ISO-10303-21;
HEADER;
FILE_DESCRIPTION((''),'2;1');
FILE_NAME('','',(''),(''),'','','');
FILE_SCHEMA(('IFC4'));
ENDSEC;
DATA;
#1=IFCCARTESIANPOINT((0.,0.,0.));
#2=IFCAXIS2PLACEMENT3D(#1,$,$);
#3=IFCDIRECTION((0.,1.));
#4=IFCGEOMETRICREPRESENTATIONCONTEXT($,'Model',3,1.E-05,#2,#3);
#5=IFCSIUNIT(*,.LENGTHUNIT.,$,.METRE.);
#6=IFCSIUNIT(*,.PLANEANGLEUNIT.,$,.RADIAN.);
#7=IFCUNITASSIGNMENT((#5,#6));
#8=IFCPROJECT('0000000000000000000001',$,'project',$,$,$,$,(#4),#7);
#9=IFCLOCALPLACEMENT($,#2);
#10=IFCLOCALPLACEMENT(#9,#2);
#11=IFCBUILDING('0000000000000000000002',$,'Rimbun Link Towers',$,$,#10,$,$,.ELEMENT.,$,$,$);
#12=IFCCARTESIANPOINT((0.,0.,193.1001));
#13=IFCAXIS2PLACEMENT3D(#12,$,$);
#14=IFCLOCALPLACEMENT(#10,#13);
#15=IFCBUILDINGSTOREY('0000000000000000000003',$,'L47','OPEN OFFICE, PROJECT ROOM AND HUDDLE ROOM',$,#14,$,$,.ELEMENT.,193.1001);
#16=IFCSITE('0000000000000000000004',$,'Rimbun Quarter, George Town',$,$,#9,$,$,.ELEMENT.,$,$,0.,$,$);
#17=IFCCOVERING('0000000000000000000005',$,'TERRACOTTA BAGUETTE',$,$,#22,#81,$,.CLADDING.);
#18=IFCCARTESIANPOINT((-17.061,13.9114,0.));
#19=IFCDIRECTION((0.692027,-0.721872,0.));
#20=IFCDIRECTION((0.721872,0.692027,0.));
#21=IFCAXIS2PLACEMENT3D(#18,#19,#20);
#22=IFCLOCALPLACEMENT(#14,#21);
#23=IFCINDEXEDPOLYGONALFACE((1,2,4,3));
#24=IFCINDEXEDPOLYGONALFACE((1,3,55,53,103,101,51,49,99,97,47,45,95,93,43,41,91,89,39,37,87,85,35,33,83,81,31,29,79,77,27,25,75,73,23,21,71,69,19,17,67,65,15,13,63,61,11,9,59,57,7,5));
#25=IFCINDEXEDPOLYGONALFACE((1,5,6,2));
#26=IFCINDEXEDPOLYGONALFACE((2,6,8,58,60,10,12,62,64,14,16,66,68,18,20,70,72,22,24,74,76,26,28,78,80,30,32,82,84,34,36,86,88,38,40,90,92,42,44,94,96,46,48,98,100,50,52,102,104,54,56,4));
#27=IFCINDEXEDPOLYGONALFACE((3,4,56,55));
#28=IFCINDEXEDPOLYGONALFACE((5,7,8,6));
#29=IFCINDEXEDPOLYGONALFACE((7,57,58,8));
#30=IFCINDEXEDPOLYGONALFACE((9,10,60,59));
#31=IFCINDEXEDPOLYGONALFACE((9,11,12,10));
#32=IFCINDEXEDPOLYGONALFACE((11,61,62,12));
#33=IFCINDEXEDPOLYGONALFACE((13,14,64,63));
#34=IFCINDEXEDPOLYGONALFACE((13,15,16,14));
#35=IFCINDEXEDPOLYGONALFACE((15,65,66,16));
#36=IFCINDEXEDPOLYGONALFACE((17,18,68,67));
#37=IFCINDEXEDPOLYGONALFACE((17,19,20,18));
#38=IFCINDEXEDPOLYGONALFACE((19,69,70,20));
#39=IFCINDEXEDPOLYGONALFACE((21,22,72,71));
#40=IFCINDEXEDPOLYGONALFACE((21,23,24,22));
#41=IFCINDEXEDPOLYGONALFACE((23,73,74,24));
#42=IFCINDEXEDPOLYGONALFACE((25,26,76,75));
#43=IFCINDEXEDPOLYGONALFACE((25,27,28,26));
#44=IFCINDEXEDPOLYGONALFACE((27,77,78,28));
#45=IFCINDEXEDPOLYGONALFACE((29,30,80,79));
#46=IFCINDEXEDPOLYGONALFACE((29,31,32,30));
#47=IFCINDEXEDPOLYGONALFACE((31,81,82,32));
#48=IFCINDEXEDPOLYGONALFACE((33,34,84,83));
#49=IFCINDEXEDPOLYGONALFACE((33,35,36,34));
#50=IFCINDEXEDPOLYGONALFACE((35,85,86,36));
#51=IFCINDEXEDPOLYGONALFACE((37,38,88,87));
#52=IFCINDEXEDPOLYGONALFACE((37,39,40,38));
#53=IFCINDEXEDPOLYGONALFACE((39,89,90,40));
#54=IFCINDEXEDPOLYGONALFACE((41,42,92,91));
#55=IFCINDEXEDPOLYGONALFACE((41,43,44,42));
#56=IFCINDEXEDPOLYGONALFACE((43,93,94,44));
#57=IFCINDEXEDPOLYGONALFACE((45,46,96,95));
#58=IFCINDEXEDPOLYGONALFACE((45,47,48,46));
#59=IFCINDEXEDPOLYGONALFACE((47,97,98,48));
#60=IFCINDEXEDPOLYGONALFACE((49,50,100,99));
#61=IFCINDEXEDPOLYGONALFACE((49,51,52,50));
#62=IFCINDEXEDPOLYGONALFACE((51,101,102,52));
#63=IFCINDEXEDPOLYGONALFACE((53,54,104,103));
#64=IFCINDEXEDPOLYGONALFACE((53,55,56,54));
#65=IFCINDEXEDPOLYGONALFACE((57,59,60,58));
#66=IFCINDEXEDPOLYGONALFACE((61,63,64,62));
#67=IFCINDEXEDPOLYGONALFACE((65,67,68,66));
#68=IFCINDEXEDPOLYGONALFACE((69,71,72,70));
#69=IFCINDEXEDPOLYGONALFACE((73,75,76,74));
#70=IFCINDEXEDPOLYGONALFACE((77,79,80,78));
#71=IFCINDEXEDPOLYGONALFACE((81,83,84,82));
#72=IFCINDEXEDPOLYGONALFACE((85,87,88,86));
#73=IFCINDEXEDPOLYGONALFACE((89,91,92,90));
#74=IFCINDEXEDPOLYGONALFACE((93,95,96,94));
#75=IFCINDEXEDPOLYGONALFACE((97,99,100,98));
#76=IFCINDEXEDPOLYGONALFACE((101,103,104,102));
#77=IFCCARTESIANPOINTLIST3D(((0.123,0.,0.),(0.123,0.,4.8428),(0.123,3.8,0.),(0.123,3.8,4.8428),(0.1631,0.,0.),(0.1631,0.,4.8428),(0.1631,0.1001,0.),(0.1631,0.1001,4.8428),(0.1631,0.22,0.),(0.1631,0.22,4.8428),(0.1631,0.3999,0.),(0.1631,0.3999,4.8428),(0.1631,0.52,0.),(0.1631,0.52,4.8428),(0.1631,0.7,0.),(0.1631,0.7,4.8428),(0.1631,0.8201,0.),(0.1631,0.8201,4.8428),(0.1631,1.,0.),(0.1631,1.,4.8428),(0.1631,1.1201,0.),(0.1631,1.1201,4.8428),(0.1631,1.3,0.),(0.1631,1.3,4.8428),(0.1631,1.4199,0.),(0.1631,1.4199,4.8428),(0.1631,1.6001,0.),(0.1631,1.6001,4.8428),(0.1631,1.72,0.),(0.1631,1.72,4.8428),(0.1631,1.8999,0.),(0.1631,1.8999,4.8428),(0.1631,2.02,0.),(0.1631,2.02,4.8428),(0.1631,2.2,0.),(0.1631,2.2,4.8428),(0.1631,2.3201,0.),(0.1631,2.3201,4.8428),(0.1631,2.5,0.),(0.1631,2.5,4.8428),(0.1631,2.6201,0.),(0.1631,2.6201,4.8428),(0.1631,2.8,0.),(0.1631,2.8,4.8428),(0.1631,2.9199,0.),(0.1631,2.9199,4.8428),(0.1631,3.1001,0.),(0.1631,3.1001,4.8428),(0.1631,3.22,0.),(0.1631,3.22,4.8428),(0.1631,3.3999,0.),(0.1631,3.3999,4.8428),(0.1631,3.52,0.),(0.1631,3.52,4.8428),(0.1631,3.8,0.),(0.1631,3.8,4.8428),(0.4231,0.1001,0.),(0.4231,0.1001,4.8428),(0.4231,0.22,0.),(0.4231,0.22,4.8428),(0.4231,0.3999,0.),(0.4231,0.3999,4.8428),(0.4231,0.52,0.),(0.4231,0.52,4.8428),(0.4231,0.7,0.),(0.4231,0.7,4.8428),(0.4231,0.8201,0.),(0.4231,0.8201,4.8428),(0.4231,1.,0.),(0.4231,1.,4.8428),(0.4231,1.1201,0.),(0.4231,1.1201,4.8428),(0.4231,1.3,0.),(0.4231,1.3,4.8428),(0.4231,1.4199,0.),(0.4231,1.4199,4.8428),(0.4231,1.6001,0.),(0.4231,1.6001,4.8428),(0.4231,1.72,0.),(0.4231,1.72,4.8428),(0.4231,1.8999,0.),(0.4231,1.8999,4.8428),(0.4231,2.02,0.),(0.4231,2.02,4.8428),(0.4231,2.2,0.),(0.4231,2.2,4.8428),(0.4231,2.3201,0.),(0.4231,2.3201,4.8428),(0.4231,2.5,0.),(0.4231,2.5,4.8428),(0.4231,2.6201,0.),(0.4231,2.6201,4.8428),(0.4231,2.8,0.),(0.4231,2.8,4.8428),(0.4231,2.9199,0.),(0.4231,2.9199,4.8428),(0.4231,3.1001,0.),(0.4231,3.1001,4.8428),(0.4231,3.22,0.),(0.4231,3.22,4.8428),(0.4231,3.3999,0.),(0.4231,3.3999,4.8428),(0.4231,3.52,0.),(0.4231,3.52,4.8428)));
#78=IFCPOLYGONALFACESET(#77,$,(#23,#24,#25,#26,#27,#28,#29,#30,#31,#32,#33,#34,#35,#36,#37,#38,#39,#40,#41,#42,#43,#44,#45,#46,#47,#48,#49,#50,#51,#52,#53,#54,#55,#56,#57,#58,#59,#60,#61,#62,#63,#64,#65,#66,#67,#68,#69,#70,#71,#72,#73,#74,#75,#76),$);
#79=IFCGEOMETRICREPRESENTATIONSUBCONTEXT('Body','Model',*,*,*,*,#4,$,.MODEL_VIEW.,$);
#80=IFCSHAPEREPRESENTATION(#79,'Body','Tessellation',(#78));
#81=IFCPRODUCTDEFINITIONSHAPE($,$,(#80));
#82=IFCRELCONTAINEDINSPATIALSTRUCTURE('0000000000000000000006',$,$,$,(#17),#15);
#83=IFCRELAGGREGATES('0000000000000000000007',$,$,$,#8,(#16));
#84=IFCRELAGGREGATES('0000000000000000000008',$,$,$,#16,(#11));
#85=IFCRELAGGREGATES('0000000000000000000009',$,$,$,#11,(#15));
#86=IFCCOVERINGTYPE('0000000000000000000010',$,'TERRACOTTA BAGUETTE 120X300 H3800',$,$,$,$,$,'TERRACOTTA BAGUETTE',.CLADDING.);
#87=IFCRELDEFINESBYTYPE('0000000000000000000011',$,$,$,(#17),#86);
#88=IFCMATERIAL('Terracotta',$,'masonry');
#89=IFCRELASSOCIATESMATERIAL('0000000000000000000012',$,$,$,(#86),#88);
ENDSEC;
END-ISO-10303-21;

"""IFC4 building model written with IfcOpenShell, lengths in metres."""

from ifc_helpers import new_model, si_unit, direction, frame, origin, place, context, subcontext, project, spatial, polyline, outline, extrude, material, material_profile, profile_set, type_object, element, save


model = new_model("IFC4")

# Units and contexts
model_context = context("Model", 3, precision=1e-05, world=origin(), true_north=direction((0.0, 1.0)))
body_context = subcontext(model_context, "Body", "Model", "MODEL_VIEW")
ifc_project = project(units=[si_unit("LENGTHUNIT", "METRE"), si_unit("PLANEANGLEUNIT", "RADIAN")], contexts=[model_context])

# Site, building, storey
site_placement = place(None, origin())
site = spatial("IfcSite", under=ifc_project, at=site_placement, Name="Rimbun Quarter, George Town", CompositionType="ELEMENT", RefElevation=0.0)
building_placement = place(site_placement, origin())
building = spatial("IfcBuilding", under=site, at=building_placement, Name="Rimbun Link Towers", CompositionType="ELEMENT")
storey_placement = place(building_placement, frame((0.0, 0.0, 193.1001)))
storey = spatial("IfcBuildingStorey", under=building, at=storey_placement, Name="L47", Description="OPEN OFFICE, PROJECT ROOM AND HUDDLE ROOM", CompositionType="ELEMENT", Elevation=193.1001)

# Covering
ifc_material_1 = material(Name="Terracotta", Category="masonry")
ifc_material_profile_1 = material_profile(ifc_material_1, outline(polyline([(0.123, 0.0), (0.1631, 0.0), (0.1631, 0.1001), (0.4231, 0.1001), (0.4231, 0.22), (0.1631, 0.22), (0.1631, 0.3999), (0.4231, 0.3999), (0.4231, 0.52), (0.1631, 0.52), (0.1631, 0.7), (0.4231, 0.7), (0.4231, 0.8201), (0.1631, 0.8201), (0.1631, 1.0), (0.4231, 1.0), (0.4231, 1.1201), (0.1631, 1.1201), (0.1631, 1.3), (0.4231, 1.3), (0.4231, 1.4199), (0.1631, 1.4199), (0.1631, 1.6001), (0.4231, 1.6001), (0.4231, 1.72), (0.1631, 1.72), (0.1631, 1.8999), (0.4231, 1.8999), (0.4231, 2.02), (0.1631, 2.02), (0.1631, 2.2), (0.4231, 2.2), (0.4231, 2.3201), (0.1631, 2.3201), (0.1631, 2.5), (0.4231, 2.5), (0.4231, 2.6201), (0.1631, 2.6201), (0.1631, 2.8), (0.4231, 2.8), (0.4231, 2.9199), (0.1631, 2.9199), (0.1631, 3.1001), (0.4231, 3.1001), (0.4231, 3.22), (0.1631, 3.22), (0.1631, 3.3999), (0.4231, 3.3999), (0.4231, 3.52), (0.1631, 3.52), (0.1631, 3.8), (0.123, 3.8), (0.123, 0.0)])), Name="BAGUETTE 120X300")
ifc_profile_set_1 = profile_set([ifc_material_profile_1], Name="Terracotta")
covering_type = type_object("IfcCoveringType", Name="TERRACOTTA BAGUETTE 120X300 H3800", ElementType="TERRACOTTA BAGUETTE", PredefinedType="CLADDING", material=ifc_profile_set_1)
covering_placement = place(storey_placement, frame((-17.061, 13.9114, 0.0), z_axis=(0.692027, -0.721872, 0.0), x_axis=(0.721872, 0.692027, 0.0)))
element("IfcCovering", 1, at=covering_placement, inside=storey, type_object=covering_type, Name="TERRACOTTA BAGUETTE", PredefinedType="CLADDING", context=body_context, shape_type="SweptSolid", body=[
    extrude(outline(polyline([(0.123, 0.0), (0.1631, 0.0), (0.1631, 0.1001), (0.4231, 0.1001), (0.4231, 0.22), (0.1631, 0.22), (0.1631, 0.3999), (0.4231, 0.3999), (0.4231, 0.52), (0.1631, 0.52), (0.1631, 0.7), (0.4231, 0.7), (0.4231, 0.8201), (0.1631, 0.8201), (0.1631, 1.0), (0.4231, 1.0), (0.4231, 1.1201), (0.1631, 1.1201), (0.1631, 1.3), (0.4231, 1.3), (0.4231, 1.4199), (0.1631, 1.4199), (0.1631, 1.6001), (0.4231, 1.6001), (0.4231, 1.72), (0.1631, 1.72), (0.1631, 1.8999), (0.4231, 1.8999), (0.4231, 2.02), (0.1631, 2.02), (0.1631, 2.2), (0.4231, 2.2), (0.4231, 2.3201), (0.1631, 2.3201), (0.1631, 2.5), (0.4231, 2.5), (0.4231, 2.6201), (0.1631, 2.6201), (0.1631, 2.8), (0.4231, 2.8), (0.4231, 2.9199), (0.1631, 2.9199), (0.1631, 3.1001), (0.4231, 3.1001), (0.4231, 3.22), (0.1631, 3.22), (0.1631, 3.3999), (0.4231, 3.3999), (0.4231, 3.52), (0.1631, 3.52), (0.1631, 3.8), (0.123, 3.8), (0.123, 0.0)])), origin(), (0.0, 0.0, 1.0), 4.8428),
])

save(model, "model.ifc")
